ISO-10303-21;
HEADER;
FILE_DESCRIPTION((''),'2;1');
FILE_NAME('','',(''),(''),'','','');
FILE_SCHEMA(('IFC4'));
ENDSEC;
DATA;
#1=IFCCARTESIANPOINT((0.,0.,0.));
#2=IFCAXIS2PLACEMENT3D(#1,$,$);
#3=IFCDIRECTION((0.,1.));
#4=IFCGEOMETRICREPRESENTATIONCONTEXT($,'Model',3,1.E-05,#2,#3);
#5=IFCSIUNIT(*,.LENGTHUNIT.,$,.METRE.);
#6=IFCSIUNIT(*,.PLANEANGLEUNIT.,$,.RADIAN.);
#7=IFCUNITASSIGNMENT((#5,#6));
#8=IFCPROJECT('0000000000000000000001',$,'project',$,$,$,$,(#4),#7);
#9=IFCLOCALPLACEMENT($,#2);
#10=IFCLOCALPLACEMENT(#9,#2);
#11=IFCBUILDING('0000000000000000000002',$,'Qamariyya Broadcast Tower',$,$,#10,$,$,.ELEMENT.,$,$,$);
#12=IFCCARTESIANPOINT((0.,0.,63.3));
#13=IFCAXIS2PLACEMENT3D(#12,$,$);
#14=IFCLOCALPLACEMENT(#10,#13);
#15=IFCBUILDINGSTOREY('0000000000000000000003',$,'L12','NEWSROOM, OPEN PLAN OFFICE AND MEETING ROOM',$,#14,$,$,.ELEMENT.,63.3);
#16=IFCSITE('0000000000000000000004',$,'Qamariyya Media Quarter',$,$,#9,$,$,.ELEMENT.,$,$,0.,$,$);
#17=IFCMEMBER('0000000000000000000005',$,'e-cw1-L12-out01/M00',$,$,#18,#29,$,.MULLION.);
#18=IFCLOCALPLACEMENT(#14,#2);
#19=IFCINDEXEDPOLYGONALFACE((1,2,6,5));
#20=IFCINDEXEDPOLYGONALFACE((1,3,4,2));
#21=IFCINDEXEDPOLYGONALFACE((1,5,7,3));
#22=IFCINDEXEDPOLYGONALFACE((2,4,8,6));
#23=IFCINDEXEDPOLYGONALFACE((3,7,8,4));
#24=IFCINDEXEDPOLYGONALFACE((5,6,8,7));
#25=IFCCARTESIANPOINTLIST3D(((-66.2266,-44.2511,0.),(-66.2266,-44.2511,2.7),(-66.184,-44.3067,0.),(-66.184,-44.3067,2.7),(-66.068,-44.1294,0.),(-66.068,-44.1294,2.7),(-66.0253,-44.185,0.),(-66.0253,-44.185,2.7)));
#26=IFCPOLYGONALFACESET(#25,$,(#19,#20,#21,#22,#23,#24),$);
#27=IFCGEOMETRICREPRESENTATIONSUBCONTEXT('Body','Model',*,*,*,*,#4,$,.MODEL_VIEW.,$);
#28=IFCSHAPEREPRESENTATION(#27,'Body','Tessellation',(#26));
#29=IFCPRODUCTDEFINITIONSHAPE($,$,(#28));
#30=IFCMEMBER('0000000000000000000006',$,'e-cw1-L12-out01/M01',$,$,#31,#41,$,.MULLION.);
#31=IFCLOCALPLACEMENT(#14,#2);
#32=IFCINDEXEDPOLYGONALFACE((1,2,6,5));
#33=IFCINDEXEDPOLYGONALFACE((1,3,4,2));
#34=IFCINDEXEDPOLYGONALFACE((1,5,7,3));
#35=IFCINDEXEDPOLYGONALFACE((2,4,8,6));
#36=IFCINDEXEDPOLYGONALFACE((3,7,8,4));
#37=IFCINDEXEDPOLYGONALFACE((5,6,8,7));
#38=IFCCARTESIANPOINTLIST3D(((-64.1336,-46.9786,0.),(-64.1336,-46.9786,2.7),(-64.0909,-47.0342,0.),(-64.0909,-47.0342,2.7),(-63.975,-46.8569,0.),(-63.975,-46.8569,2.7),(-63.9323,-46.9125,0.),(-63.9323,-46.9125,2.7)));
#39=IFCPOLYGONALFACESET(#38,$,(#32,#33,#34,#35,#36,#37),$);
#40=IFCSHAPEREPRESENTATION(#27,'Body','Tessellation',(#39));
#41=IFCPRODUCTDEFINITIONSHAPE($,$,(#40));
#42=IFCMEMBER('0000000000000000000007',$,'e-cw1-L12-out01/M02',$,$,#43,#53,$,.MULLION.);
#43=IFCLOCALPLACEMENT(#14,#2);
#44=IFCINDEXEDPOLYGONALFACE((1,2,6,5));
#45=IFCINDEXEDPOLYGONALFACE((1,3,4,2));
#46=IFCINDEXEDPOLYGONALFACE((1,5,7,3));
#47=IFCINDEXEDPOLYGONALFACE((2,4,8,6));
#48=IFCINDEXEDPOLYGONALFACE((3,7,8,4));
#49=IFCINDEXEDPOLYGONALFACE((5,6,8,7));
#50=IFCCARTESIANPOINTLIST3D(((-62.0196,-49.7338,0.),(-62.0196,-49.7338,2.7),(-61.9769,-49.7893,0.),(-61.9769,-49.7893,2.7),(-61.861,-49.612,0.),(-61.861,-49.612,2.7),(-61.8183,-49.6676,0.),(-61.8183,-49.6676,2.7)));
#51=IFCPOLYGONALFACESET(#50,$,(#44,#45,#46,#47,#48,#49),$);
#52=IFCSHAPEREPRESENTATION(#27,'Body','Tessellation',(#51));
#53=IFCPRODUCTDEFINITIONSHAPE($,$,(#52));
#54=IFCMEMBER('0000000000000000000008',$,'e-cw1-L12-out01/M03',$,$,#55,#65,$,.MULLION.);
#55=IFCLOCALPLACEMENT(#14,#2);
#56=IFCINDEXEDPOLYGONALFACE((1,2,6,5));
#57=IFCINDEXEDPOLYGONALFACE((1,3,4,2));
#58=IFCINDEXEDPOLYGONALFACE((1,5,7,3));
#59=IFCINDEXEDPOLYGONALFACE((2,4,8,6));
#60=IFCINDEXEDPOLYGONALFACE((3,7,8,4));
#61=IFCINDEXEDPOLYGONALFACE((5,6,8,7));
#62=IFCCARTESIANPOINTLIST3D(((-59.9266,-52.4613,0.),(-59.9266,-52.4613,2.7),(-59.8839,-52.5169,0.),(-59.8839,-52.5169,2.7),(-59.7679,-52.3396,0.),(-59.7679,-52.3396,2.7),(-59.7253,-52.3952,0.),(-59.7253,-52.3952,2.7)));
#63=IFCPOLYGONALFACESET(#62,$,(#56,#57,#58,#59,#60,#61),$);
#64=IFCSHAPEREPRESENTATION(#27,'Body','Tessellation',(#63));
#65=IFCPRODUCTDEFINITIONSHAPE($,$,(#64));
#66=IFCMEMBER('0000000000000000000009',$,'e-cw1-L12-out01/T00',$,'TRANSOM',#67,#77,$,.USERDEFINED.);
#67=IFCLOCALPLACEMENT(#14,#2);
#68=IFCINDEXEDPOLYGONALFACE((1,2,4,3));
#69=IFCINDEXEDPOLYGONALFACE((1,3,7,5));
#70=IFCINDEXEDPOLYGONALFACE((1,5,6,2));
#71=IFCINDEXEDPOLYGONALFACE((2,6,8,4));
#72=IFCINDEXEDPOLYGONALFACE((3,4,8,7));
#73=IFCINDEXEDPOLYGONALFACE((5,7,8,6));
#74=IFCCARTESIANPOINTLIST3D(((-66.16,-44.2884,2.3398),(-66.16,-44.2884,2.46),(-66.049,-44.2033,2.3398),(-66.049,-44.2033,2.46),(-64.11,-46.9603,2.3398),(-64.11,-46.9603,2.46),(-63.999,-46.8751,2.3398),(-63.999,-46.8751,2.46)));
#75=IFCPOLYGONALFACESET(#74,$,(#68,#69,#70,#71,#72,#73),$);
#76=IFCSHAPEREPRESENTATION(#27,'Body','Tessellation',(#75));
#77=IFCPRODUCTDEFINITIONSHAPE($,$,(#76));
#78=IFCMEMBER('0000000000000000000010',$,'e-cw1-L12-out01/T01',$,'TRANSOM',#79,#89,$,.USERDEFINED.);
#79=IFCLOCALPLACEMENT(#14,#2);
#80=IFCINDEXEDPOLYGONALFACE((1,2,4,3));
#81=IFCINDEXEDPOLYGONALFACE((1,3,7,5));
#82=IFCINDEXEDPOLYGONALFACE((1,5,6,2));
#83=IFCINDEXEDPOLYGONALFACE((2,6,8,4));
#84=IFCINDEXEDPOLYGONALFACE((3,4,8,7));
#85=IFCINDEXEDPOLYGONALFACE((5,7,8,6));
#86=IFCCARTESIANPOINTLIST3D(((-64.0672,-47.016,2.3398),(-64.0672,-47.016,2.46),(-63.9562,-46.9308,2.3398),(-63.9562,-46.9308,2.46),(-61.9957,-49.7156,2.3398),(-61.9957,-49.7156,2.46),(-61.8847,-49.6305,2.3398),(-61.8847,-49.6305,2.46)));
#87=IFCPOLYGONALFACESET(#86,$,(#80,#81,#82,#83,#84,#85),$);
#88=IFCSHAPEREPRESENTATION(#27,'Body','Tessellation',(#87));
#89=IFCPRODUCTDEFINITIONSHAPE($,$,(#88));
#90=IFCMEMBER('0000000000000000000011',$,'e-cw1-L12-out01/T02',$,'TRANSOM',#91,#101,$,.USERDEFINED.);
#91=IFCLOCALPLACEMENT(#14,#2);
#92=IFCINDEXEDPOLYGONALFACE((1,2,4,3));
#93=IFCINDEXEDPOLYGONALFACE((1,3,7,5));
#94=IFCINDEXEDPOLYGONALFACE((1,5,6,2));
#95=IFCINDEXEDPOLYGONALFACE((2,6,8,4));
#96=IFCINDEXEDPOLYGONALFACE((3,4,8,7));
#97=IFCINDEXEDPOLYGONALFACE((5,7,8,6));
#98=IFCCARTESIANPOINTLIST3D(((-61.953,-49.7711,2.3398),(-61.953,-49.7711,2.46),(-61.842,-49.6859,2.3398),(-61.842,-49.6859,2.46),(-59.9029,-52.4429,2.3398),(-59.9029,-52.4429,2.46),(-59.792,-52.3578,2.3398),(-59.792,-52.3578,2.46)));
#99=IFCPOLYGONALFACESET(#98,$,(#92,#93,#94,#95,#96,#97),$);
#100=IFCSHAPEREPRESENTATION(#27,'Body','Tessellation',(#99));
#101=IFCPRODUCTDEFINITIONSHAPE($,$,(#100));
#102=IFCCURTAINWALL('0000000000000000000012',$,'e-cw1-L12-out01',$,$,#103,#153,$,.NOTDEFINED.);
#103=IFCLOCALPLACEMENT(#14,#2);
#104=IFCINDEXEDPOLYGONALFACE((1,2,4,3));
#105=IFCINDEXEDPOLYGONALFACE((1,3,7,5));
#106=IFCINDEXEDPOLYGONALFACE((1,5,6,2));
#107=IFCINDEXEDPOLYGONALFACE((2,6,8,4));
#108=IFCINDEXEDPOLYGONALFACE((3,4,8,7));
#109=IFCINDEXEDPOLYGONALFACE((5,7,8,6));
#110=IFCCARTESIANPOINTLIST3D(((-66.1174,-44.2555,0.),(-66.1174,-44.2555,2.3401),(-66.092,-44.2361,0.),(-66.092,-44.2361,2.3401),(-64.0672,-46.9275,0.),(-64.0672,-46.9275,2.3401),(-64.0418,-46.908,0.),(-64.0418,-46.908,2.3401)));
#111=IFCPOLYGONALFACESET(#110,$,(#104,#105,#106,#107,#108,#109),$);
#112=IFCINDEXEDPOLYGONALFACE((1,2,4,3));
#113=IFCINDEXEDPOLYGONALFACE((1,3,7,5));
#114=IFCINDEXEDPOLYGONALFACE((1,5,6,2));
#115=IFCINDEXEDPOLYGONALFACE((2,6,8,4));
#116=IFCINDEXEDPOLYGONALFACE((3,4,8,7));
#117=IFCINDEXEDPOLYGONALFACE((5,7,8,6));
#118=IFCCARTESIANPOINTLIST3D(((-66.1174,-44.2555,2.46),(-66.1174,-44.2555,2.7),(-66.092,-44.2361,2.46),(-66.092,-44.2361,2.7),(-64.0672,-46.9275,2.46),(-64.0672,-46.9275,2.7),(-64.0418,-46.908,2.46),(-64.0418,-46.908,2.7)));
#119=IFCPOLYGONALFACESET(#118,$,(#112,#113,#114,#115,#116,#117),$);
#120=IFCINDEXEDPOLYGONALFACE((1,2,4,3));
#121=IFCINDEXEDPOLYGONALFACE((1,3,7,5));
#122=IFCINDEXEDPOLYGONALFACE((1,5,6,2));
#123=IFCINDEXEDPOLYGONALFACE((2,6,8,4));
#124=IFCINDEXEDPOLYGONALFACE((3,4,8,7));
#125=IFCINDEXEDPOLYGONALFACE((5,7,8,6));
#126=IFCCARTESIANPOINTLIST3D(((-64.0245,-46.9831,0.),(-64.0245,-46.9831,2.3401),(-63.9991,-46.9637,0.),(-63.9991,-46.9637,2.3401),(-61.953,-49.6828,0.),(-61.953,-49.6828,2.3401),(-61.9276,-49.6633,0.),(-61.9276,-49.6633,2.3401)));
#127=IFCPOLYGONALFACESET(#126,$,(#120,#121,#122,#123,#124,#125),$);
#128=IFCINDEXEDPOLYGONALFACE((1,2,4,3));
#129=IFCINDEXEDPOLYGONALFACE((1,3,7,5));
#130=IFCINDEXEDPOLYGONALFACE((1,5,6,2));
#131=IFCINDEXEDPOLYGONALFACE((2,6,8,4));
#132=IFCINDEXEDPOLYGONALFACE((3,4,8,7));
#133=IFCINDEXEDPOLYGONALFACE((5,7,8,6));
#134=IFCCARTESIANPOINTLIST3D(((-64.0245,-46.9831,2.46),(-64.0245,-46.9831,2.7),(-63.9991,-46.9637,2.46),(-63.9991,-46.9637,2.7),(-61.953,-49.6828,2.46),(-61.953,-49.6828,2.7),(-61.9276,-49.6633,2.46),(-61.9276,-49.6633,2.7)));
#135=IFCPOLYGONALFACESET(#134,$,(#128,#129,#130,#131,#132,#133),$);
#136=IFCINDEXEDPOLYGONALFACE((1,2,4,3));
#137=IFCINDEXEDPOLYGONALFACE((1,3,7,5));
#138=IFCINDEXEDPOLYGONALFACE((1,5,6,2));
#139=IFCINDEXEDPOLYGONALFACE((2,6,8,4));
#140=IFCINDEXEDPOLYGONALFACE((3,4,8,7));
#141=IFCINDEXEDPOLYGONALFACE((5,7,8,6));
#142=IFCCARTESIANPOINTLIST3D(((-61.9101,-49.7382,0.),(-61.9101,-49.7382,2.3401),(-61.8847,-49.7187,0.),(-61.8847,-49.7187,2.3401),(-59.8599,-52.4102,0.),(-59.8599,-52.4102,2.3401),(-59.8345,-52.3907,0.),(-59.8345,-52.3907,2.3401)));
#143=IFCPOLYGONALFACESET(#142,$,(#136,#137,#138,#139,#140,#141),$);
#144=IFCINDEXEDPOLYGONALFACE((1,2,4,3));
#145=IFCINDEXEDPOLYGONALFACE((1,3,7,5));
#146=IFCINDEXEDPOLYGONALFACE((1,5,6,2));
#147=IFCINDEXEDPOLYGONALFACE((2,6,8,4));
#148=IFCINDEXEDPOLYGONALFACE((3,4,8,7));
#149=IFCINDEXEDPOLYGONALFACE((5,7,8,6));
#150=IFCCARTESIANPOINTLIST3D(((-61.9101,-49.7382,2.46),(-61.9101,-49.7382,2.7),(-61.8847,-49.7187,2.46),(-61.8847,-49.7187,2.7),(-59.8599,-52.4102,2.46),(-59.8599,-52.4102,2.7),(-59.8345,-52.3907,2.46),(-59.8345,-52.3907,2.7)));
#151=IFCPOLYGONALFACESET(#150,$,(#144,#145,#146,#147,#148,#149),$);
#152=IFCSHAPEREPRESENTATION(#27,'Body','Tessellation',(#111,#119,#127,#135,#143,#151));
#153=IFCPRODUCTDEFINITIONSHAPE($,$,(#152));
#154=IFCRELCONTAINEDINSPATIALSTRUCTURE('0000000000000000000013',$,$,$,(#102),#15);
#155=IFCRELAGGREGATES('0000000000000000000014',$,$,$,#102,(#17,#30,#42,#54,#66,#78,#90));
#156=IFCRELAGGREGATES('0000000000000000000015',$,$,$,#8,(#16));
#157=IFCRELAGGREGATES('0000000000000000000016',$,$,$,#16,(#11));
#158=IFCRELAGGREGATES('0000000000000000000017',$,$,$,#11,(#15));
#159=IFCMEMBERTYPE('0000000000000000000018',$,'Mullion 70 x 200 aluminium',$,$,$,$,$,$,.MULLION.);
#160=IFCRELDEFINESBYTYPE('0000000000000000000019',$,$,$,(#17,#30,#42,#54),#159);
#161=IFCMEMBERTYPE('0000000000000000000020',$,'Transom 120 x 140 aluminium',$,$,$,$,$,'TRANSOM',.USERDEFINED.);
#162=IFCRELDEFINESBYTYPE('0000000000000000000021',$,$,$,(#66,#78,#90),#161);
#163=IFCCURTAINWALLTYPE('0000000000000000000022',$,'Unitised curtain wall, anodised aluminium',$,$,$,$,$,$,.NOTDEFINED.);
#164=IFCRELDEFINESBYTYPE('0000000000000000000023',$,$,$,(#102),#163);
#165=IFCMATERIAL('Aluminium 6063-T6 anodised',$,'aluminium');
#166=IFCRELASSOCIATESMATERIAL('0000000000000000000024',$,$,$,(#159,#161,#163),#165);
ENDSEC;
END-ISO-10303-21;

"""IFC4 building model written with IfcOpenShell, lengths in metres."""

from ifc_helpers import new_model, si_unit, direction, frame, origin, origin_2d, place, context, subcontext, project, spatial, rectangle, extrude, material, material_profile, profile_set, type_object, element, aggregate, save


model = new_model("IFC4")

# Units and contexts
model_context = context("Model", 3, precision=1e-05, world=origin(), true_north=direction((0.0, 1.0)))
body_context = subcontext(model_context, "Body", "Model", "MODEL_VIEW")
ifc_project = project(units=[si_unit("LENGTHUNIT", "METRE"), si_unit("PLANEANGLEUNIT", "RADIAN")], contexts=[model_context])

# Members
ifc_material_1 = material(Name="Aluminium 6063-T6 anodised", Category="aluminium")
ifc_material_profile_1 = material_profile(ifc_material_1, rectangle(XDim=0.2, YDim=0.0701, at=origin_2d()))
ifc_profile_set_1 = profile_set([ifc_material_profile_1], Name="Aluminium 6063-T6 anodised")
member_type_1 = type_object("IfcMemberType", Name="Mullion 70 x 200 aluminium", PredefinedType="MULLION", material=ifc_profile_set_1)
site_placement = place(None, origin())
building_placement = place(site_placement, origin())
storey_placement = place(building_placement, frame((0.0, 0.0, 63.3)))
member_1_placement = place(storey_placement, frame((-66.126, -44.218, 0.0), z_axis=(0.0, 0.0, 1.0), x_axis=(0.793353, 0.608761, 0.0)))
member_1 = element("IfcMember", 1, at=member_1_placement, type_object=member_type_1, Name="e-cw1-L12-out01/M00", PredefinedType="MULLION", context=body_context, shape_type="SweptSolid", body=[
    extrude(rectangle(XDim=0.2, YDim=0.0701, at=origin_2d()), origin(), (0.0, 0.0, 1.0), 2.7),
])
member_2_placement = place(storey_placement, frame((-64.033, -46.9456, 0.0), z_axis=(0.0, 0.0, 1.0), x_axis=(0.793353, 0.608761, 0.0)))
member_2 = element("IfcMember", 2, at=member_2_placement, type_object=member_type_1, Name="e-cw1-L12-out01/M01", PredefinedType="MULLION", context=body_context, shape_type="SweptSolid", body=[
    extrude(rectangle(XDim=0.2, YDim=0.0701, at=origin_2d()), origin(), (0.0, 0.0, 1.0), 2.7),
])
member_3_placement = place(storey_placement, frame((-61.9189, -49.7007, 0.0), z_axis=(0.0, 0.0, 1.0), x_axis=(0.793353, 0.608761, 0.0)))
member_3 = element("IfcMember", 3, at=member_3_placement, type_object=member_type_1, Name="e-cw1-L12-out01/M02", PredefinedType="MULLION", context=body_context, shape_type="SweptSolid", body=[
    extrude(rectangle(XDim=0.2, YDim=0.0701, at=origin_2d()), origin(), (0.0, 0.0, 1.0), 2.7),
])
member_4_placement = place(storey_placement, frame((-59.8259, -52.4282, 0.0), z_axis=(0.0, 0.0, 1.0), x_axis=(0.793353, 0.608761, 0.0)))
member_4 = element("IfcMember", 4, at=member_4_placement, type_object=member_type_1, Name="e-cw1-L12-out01/M03", PredefinedType="MULLION", context=body_context, shape_type="SweptSolid", body=[
    extrude(rectangle(XDim=0.2, YDim=0.0701, at=origin_2d()), origin(), (0.0, 0.0, 1.0), 2.7),
])
ifc_material_profile_2 = material_profile(ifc_material_1, rectangle(XDim=0.1399, YDim=0.1201, at=origin_2d()))
ifc_profile_set_2 = profile_set([ifc_material_profile_2], Name="Aluminium 6063-T6 anodised")
member_type_2 = type_object("IfcMemberType", Name="Transom 120 x 140 aluminium", ElementType="TRANSOM", PredefinedType="USERDEFINED", material=ifc_profile_set_2)
member_5_placement = place(storey_placement, frame((-66.1045, -44.2458, 2.3999), z_axis=(0.608733, -0.793375, 0.0), x_axis=(0.793375, 0.608733, 0.0)))
member_5 = element("IfcMember", 5, at=member_5_placement, type_object=member_type_2, Name="e-cw1-L12-out01/T00", ObjectType="TRANSOM", PredefinedType="USERDEFINED", context=body_context, shape_type="SweptSolid", body=[
    extrude(rectangle(XDim=0.1399, YDim=0.1201, at=origin_2d()), origin(), (0.0, 0.0, 1.0), 3.3677),
])
member_6_placement = place(storey_placement, frame((-64.0117, -46.9734, 2.3999), z_axis=(0.608757, -0.793357, 0.0), x_axis=(0.793357, 0.608757, 0.0)))
member_6 = element("IfcMember", 6, at=member_6_placement, type_object=member_type_2, Name="e-cw1-L12-out01/T01", ObjectType="TRANSOM", PredefinedType="USERDEFINED", context=body_context, shape_type="SweptSolid", body=[
    extrude(rectangle(XDim=0.1399, YDim=0.1201, at=origin_2d()), origin(), (0.0, 0.0, 1.0), 3.4028),
])
member_7_placement = place(storey_placement, frame((-61.8975, -49.7285, 2.3999), z_axis=(0.608733, -0.793375, 0.0), x_axis=(0.793375, 0.608733, 0.0)))
member_7 = element("IfcMember", 7, at=member_7_placement, type_object=member_type_2, Name="e-cw1-L12-out01/T02", ObjectType="TRANSOM", PredefinedType="USERDEFINED", context=body_context, shape_type="SweptSolid", body=[
    extrude(rectangle(XDim=0.1399, YDim=0.1201, at=origin_2d()), origin(), (0.0, 0.0, 1.0), 3.3677),
])

# Site, building, storey
site = spatial("IfcSite", under=ifc_project, at=site_placement, Name="Qamariyya Media Quarter", CompositionType="ELEMENT", RefElevation=0.0)
building = spatial("IfcBuilding", under=site, at=building_placement, Name="Qamariyya Broadcast Tower", CompositionType="ELEMENT")
storey = spatial("IfcBuildingStorey", under=building, at=storey_placement, Name="L12", Description="NEWSROOM, OPEN PLAN OFFICE AND MEETING ROOM", CompositionType="ELEMENT", Elevation=63.3)

# Curtain wall
curtain_wall_type = type_object("IfcCurtainWallType", Name="Unitised curtain wall, anodised aluminium", PredefinedType="NOTDEFINED", material=ifc_material_1)
curtain_wall_1_placement = place(storey_placement, origin())
curtain_wall_1 = element("IfcCurtainWall", 8, at=curtain_wall_1_placement, inside=storey, type_object=curtain_wall_type, Name="e-cw1-L12-out01", PredefinedType="NOTDEFINED", context=body_context, shape_type="SweptSolid", body=[
    extrude(rectangle(XDim=3.3679, YDim=0.032, at=origin_2d()), frame((-65.0796, -45.5818, 0.0), x_axis=(0.608756, -0.793358, 0.0)), (0.0, 0.0, 1.0), 2.3401),
    extrude(rectangle(XDim=3.3679, YDim=0.032, at=origin_2d()), frame((-65.0796, -45.5818, 2.46), x_axis=(0.608756, -0.793358, 0.0)), (0.0, 0.0, 1.0), 0.24),
    extrude(rectangle(XDim=3.4028, YDim=0.032, at=origin_2d()), frame((-62.9761, -48.3232, 0.0), x_axis=(0.608756, -0.793358, 0.0)), (0.0, 0.0, 1.0), 2.3401),
    extrude(rectangle(XDim=3.4028, YDim=0.032, at=origin_2d()), frame((-62.9761, -48.3232, 2.46), x_axis=(0.608756, -0.793358, 0.0)), (0.0, 0.0, 1.0), 0.24),
    extrude(rectangle(XDim=3.3679, YDim=0.032, at=origin_2d()), frame((-60.8723, -51.0645, 0.0), x_axis=(0.608756, -0.793358, 0.0)), (0.0, 0.0, 1.0), 2.3401),
    extrude(rectangle(XDim=3.3679, YDim=0.032, at=origin_2d()), frame((-60.8723, -51.0645, 2.46), x_axis=(0.608756, -0.793358, 0.0)), (0.0, 0.0, 1.0), 0.24),
])
aggregate(curtain_wall_1, [member_1, member_2, member_3, member_4, member_5, member_6, member_7])

save(model, "model.ifc")
